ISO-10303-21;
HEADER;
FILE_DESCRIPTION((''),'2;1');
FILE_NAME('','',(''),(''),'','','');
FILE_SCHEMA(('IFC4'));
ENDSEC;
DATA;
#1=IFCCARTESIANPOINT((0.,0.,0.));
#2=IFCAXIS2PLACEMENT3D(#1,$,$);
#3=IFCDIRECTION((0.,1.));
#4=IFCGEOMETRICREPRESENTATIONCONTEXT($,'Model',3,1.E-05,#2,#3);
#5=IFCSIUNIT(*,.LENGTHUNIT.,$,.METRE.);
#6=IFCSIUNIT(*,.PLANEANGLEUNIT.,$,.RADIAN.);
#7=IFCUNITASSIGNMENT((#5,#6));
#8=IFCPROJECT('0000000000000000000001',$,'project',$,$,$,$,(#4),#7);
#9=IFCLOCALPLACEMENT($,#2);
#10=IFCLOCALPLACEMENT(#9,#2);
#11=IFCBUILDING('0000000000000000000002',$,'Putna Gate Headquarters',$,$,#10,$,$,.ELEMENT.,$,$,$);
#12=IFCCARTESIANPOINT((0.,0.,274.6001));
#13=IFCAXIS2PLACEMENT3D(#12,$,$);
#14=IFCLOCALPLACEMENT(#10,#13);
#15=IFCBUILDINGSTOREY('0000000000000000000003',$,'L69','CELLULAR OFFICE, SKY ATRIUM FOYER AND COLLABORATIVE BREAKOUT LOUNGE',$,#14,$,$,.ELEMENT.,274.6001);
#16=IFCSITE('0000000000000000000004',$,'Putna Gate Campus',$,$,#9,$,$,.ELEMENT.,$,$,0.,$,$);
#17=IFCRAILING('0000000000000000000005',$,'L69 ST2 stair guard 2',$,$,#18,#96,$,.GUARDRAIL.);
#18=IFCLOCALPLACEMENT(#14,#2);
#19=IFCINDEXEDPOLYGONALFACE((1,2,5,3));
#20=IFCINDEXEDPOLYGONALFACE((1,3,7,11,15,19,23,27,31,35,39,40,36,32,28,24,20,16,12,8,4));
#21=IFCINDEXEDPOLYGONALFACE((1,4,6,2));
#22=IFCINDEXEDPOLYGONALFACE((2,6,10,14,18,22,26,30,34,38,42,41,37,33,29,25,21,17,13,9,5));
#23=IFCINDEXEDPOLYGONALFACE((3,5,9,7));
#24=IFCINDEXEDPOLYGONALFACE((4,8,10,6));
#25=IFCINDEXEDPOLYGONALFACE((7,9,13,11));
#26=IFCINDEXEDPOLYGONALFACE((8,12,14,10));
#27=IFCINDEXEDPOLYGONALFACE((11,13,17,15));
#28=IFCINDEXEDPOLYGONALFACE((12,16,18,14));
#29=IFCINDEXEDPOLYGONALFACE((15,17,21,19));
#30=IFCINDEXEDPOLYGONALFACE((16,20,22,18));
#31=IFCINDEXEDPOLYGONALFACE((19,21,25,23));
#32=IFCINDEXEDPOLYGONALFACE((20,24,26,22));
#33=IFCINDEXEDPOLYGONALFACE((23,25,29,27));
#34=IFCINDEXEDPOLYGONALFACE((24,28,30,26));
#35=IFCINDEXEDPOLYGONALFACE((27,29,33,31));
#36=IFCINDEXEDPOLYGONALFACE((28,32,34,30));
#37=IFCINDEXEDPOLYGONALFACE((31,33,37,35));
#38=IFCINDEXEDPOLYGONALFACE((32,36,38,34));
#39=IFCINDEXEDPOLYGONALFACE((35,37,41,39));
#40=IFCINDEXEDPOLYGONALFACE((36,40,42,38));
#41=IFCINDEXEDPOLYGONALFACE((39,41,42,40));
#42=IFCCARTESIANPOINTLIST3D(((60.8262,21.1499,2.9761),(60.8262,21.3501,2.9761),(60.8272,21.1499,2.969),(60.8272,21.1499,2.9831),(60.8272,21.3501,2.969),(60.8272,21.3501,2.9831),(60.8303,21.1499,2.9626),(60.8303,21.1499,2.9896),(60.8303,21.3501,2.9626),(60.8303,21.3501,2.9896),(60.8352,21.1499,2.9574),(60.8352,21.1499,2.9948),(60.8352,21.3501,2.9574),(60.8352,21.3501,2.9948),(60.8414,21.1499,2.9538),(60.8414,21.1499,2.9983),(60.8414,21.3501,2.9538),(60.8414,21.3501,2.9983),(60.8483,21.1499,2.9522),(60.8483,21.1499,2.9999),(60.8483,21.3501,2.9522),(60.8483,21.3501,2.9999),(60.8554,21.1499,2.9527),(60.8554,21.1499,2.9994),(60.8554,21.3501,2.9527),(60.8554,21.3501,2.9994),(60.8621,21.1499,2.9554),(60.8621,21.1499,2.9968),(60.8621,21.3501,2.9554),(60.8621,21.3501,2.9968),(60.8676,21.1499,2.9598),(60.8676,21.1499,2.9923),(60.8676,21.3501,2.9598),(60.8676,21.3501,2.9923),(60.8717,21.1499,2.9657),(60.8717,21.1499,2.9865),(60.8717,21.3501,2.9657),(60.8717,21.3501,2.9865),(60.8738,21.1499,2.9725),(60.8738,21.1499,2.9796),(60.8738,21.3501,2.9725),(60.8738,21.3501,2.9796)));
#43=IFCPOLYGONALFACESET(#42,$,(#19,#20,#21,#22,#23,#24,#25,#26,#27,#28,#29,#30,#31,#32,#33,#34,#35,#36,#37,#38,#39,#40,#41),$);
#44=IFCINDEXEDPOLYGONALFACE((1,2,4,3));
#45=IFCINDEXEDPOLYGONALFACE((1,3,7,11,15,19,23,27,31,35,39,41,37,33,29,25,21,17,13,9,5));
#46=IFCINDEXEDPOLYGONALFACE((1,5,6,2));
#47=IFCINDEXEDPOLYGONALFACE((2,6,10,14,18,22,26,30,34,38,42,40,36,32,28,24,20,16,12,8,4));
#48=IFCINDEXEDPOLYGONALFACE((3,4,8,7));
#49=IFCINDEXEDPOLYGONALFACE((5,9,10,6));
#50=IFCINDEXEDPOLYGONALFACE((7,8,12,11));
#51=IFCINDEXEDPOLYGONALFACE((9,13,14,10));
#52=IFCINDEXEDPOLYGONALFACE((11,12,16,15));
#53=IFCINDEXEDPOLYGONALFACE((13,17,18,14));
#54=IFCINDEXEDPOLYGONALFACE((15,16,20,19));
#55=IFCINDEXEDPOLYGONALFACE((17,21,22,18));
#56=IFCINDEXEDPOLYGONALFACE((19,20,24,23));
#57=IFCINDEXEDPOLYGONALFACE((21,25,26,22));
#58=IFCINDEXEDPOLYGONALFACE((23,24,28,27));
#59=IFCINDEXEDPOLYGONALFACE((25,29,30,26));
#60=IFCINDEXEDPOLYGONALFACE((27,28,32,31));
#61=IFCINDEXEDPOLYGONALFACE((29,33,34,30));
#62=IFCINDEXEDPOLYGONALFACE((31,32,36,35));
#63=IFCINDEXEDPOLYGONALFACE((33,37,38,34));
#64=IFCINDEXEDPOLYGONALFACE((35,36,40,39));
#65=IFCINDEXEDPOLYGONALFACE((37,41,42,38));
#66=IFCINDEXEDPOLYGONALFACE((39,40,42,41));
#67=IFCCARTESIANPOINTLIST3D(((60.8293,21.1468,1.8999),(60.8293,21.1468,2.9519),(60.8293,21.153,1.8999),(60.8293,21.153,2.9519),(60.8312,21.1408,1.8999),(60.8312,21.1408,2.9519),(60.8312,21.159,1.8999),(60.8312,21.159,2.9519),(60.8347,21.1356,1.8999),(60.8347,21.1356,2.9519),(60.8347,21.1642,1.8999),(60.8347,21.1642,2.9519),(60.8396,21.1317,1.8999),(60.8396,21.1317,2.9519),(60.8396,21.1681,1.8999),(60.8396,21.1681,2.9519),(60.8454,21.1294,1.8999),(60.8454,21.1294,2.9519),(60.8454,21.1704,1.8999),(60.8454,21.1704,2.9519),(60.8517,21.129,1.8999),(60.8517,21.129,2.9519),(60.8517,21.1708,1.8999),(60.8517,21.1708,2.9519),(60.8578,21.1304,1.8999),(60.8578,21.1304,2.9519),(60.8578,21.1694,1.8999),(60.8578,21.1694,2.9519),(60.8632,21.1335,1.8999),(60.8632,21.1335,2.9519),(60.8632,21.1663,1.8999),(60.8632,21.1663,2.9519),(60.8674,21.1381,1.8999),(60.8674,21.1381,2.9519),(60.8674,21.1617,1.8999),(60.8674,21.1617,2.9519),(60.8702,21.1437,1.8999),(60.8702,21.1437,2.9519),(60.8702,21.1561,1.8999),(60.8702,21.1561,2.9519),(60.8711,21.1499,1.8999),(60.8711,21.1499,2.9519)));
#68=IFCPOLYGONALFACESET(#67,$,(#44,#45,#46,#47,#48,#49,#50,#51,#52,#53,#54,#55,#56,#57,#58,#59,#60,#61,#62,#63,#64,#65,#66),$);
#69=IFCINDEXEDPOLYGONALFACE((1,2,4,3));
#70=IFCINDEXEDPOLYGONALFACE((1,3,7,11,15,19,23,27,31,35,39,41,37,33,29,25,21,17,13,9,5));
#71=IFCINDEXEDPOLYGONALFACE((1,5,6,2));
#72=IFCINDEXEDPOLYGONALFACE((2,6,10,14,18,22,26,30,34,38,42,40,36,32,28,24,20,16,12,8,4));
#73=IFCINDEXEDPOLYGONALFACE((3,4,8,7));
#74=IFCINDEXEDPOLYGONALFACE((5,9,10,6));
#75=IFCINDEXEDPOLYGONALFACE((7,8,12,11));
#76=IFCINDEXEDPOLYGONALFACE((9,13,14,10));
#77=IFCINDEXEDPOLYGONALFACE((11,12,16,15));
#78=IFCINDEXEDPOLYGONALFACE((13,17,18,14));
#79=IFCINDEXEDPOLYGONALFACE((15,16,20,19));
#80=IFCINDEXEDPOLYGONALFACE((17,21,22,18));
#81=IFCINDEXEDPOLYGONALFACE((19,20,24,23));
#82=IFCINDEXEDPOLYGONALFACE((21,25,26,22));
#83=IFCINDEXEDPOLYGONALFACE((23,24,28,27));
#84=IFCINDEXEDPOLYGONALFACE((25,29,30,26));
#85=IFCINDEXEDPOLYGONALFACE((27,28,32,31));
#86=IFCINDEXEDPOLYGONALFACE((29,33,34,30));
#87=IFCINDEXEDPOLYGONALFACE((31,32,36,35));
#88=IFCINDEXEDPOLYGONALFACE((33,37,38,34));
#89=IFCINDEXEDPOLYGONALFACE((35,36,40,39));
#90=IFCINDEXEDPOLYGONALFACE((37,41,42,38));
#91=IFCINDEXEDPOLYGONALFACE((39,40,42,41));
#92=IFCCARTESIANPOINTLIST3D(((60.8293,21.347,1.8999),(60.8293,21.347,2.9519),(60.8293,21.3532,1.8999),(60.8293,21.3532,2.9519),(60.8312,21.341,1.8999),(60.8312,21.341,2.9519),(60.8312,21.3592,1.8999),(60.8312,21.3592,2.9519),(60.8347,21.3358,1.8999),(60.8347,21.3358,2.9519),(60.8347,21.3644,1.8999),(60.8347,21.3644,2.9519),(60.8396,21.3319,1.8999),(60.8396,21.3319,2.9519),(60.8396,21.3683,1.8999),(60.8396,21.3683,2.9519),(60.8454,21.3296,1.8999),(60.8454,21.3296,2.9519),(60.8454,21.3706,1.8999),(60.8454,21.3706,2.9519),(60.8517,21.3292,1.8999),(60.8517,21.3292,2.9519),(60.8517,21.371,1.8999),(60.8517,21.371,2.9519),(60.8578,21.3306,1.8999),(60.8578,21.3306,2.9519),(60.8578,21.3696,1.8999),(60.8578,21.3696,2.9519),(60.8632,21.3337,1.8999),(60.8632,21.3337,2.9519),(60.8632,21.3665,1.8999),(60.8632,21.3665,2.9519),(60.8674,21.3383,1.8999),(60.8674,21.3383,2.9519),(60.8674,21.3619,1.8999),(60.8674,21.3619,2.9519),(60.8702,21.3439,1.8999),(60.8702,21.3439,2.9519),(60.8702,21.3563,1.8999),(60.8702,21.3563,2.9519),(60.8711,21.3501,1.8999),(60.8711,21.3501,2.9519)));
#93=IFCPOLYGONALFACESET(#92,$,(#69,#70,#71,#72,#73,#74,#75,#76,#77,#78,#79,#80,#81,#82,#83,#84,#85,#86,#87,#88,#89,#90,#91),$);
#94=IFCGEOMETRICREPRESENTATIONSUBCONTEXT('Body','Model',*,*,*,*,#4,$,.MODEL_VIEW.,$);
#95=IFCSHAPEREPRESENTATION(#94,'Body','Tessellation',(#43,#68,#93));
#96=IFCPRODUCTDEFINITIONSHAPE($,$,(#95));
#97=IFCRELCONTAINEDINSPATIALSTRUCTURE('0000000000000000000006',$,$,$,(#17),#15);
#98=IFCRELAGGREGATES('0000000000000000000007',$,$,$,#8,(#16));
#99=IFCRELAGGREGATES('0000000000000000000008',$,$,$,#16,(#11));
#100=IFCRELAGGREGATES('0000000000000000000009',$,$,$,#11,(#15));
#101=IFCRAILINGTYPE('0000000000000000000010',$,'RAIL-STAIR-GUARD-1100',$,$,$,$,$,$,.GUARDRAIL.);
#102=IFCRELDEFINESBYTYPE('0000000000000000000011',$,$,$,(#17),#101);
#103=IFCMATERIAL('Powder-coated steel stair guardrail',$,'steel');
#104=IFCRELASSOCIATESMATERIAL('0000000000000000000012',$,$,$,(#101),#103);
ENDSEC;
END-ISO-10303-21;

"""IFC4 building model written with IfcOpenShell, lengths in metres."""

from ifc_helpers import new_model, si_unit, direction, frame, origin, origin_2d, place, context, subcontext, project, spatial, circle, extrude, material, type_object, element, save


model = new_model("IFC4")

# Units and contexts
model_context = context("Model", 3, precision=1e-05, world=origin(), true_north=direction((0.0, 1.0)))
body_context = subcontext(model_context, "Body", "Model", "MODEL_VIEW")
ifc_project = project(units=[si_unit("LENGTHUNIT", "METRE"), si_unit("PLANEANGLEUNIT", "RADIAN")], contexts=[model_context])

# Site, building, storey
site_placement = place(None, origin())
site = spatial("IfcSite", under=ifc_project, at=site_placement, Name="Putna Gate Campus", CompositionType="ELEMENT", RefElevation=0.0)
building_placement = place(site_placement, origin())
building = spatial("IfcBuilding", under=site, at=building_placement, Name="Putna Gate Headquarters", CompositionType="ELEMENT")
storey_placement = place(building_placement, frame((0.0, 0.0, 274.6001)))
storey = spatial("IfcBuildingStorey", under=building, at=storey_placement, Name="L69", Description="CELLULAR OFFICE, SKY ATRIUM FOYER AND COLLABORATIVE BREAKOUT LOUNGE", CompositionType="ELEMENT", Elevation=274.6001)

# Railing
ifc_material_1 = material(Name="Powder-coated steel stair guardrail", Category="steel")
railing_type_1 = type_object("IfcRailingType", Name="RAIL-STAIR-GUARD-1100", PredefinedType="GUARDRAIL", material=ifc_material_1)
railing_1_placement = place(storey_placement, frame((60.8501, 21.1499, 1.8999)))
element("IfcRailing", 1, at=railing_1_placement, inside=storey, type_object=railing_type_1, Name="L69 ST2 stair guard 2", PredefinedType="GUARDRAIL", context=body_context, shape_type="SweptSolid", body=[
    extrude(circle(Radius=0.0239, at=origin_2d()), frame((0.0, 0.0, 1.0762), z_axis=(0.0, 1.0, 0.0), x_axis=(-1.0, 0.0, 0.0)), (0.0, 0.0, 1.0), 0.2002),
    extrude(circle(Radius=0.021, at=origin_2d()), origin(), (0.0, 0.0, 1.0), 1.052),
    extrude(circle(Radius=0.021, at=origin_2d()), frame((0.0, 0.2002, 0.0)), (0.0, 0.0, 1.0), 1.052),
])

save(model, "model.ifc")
